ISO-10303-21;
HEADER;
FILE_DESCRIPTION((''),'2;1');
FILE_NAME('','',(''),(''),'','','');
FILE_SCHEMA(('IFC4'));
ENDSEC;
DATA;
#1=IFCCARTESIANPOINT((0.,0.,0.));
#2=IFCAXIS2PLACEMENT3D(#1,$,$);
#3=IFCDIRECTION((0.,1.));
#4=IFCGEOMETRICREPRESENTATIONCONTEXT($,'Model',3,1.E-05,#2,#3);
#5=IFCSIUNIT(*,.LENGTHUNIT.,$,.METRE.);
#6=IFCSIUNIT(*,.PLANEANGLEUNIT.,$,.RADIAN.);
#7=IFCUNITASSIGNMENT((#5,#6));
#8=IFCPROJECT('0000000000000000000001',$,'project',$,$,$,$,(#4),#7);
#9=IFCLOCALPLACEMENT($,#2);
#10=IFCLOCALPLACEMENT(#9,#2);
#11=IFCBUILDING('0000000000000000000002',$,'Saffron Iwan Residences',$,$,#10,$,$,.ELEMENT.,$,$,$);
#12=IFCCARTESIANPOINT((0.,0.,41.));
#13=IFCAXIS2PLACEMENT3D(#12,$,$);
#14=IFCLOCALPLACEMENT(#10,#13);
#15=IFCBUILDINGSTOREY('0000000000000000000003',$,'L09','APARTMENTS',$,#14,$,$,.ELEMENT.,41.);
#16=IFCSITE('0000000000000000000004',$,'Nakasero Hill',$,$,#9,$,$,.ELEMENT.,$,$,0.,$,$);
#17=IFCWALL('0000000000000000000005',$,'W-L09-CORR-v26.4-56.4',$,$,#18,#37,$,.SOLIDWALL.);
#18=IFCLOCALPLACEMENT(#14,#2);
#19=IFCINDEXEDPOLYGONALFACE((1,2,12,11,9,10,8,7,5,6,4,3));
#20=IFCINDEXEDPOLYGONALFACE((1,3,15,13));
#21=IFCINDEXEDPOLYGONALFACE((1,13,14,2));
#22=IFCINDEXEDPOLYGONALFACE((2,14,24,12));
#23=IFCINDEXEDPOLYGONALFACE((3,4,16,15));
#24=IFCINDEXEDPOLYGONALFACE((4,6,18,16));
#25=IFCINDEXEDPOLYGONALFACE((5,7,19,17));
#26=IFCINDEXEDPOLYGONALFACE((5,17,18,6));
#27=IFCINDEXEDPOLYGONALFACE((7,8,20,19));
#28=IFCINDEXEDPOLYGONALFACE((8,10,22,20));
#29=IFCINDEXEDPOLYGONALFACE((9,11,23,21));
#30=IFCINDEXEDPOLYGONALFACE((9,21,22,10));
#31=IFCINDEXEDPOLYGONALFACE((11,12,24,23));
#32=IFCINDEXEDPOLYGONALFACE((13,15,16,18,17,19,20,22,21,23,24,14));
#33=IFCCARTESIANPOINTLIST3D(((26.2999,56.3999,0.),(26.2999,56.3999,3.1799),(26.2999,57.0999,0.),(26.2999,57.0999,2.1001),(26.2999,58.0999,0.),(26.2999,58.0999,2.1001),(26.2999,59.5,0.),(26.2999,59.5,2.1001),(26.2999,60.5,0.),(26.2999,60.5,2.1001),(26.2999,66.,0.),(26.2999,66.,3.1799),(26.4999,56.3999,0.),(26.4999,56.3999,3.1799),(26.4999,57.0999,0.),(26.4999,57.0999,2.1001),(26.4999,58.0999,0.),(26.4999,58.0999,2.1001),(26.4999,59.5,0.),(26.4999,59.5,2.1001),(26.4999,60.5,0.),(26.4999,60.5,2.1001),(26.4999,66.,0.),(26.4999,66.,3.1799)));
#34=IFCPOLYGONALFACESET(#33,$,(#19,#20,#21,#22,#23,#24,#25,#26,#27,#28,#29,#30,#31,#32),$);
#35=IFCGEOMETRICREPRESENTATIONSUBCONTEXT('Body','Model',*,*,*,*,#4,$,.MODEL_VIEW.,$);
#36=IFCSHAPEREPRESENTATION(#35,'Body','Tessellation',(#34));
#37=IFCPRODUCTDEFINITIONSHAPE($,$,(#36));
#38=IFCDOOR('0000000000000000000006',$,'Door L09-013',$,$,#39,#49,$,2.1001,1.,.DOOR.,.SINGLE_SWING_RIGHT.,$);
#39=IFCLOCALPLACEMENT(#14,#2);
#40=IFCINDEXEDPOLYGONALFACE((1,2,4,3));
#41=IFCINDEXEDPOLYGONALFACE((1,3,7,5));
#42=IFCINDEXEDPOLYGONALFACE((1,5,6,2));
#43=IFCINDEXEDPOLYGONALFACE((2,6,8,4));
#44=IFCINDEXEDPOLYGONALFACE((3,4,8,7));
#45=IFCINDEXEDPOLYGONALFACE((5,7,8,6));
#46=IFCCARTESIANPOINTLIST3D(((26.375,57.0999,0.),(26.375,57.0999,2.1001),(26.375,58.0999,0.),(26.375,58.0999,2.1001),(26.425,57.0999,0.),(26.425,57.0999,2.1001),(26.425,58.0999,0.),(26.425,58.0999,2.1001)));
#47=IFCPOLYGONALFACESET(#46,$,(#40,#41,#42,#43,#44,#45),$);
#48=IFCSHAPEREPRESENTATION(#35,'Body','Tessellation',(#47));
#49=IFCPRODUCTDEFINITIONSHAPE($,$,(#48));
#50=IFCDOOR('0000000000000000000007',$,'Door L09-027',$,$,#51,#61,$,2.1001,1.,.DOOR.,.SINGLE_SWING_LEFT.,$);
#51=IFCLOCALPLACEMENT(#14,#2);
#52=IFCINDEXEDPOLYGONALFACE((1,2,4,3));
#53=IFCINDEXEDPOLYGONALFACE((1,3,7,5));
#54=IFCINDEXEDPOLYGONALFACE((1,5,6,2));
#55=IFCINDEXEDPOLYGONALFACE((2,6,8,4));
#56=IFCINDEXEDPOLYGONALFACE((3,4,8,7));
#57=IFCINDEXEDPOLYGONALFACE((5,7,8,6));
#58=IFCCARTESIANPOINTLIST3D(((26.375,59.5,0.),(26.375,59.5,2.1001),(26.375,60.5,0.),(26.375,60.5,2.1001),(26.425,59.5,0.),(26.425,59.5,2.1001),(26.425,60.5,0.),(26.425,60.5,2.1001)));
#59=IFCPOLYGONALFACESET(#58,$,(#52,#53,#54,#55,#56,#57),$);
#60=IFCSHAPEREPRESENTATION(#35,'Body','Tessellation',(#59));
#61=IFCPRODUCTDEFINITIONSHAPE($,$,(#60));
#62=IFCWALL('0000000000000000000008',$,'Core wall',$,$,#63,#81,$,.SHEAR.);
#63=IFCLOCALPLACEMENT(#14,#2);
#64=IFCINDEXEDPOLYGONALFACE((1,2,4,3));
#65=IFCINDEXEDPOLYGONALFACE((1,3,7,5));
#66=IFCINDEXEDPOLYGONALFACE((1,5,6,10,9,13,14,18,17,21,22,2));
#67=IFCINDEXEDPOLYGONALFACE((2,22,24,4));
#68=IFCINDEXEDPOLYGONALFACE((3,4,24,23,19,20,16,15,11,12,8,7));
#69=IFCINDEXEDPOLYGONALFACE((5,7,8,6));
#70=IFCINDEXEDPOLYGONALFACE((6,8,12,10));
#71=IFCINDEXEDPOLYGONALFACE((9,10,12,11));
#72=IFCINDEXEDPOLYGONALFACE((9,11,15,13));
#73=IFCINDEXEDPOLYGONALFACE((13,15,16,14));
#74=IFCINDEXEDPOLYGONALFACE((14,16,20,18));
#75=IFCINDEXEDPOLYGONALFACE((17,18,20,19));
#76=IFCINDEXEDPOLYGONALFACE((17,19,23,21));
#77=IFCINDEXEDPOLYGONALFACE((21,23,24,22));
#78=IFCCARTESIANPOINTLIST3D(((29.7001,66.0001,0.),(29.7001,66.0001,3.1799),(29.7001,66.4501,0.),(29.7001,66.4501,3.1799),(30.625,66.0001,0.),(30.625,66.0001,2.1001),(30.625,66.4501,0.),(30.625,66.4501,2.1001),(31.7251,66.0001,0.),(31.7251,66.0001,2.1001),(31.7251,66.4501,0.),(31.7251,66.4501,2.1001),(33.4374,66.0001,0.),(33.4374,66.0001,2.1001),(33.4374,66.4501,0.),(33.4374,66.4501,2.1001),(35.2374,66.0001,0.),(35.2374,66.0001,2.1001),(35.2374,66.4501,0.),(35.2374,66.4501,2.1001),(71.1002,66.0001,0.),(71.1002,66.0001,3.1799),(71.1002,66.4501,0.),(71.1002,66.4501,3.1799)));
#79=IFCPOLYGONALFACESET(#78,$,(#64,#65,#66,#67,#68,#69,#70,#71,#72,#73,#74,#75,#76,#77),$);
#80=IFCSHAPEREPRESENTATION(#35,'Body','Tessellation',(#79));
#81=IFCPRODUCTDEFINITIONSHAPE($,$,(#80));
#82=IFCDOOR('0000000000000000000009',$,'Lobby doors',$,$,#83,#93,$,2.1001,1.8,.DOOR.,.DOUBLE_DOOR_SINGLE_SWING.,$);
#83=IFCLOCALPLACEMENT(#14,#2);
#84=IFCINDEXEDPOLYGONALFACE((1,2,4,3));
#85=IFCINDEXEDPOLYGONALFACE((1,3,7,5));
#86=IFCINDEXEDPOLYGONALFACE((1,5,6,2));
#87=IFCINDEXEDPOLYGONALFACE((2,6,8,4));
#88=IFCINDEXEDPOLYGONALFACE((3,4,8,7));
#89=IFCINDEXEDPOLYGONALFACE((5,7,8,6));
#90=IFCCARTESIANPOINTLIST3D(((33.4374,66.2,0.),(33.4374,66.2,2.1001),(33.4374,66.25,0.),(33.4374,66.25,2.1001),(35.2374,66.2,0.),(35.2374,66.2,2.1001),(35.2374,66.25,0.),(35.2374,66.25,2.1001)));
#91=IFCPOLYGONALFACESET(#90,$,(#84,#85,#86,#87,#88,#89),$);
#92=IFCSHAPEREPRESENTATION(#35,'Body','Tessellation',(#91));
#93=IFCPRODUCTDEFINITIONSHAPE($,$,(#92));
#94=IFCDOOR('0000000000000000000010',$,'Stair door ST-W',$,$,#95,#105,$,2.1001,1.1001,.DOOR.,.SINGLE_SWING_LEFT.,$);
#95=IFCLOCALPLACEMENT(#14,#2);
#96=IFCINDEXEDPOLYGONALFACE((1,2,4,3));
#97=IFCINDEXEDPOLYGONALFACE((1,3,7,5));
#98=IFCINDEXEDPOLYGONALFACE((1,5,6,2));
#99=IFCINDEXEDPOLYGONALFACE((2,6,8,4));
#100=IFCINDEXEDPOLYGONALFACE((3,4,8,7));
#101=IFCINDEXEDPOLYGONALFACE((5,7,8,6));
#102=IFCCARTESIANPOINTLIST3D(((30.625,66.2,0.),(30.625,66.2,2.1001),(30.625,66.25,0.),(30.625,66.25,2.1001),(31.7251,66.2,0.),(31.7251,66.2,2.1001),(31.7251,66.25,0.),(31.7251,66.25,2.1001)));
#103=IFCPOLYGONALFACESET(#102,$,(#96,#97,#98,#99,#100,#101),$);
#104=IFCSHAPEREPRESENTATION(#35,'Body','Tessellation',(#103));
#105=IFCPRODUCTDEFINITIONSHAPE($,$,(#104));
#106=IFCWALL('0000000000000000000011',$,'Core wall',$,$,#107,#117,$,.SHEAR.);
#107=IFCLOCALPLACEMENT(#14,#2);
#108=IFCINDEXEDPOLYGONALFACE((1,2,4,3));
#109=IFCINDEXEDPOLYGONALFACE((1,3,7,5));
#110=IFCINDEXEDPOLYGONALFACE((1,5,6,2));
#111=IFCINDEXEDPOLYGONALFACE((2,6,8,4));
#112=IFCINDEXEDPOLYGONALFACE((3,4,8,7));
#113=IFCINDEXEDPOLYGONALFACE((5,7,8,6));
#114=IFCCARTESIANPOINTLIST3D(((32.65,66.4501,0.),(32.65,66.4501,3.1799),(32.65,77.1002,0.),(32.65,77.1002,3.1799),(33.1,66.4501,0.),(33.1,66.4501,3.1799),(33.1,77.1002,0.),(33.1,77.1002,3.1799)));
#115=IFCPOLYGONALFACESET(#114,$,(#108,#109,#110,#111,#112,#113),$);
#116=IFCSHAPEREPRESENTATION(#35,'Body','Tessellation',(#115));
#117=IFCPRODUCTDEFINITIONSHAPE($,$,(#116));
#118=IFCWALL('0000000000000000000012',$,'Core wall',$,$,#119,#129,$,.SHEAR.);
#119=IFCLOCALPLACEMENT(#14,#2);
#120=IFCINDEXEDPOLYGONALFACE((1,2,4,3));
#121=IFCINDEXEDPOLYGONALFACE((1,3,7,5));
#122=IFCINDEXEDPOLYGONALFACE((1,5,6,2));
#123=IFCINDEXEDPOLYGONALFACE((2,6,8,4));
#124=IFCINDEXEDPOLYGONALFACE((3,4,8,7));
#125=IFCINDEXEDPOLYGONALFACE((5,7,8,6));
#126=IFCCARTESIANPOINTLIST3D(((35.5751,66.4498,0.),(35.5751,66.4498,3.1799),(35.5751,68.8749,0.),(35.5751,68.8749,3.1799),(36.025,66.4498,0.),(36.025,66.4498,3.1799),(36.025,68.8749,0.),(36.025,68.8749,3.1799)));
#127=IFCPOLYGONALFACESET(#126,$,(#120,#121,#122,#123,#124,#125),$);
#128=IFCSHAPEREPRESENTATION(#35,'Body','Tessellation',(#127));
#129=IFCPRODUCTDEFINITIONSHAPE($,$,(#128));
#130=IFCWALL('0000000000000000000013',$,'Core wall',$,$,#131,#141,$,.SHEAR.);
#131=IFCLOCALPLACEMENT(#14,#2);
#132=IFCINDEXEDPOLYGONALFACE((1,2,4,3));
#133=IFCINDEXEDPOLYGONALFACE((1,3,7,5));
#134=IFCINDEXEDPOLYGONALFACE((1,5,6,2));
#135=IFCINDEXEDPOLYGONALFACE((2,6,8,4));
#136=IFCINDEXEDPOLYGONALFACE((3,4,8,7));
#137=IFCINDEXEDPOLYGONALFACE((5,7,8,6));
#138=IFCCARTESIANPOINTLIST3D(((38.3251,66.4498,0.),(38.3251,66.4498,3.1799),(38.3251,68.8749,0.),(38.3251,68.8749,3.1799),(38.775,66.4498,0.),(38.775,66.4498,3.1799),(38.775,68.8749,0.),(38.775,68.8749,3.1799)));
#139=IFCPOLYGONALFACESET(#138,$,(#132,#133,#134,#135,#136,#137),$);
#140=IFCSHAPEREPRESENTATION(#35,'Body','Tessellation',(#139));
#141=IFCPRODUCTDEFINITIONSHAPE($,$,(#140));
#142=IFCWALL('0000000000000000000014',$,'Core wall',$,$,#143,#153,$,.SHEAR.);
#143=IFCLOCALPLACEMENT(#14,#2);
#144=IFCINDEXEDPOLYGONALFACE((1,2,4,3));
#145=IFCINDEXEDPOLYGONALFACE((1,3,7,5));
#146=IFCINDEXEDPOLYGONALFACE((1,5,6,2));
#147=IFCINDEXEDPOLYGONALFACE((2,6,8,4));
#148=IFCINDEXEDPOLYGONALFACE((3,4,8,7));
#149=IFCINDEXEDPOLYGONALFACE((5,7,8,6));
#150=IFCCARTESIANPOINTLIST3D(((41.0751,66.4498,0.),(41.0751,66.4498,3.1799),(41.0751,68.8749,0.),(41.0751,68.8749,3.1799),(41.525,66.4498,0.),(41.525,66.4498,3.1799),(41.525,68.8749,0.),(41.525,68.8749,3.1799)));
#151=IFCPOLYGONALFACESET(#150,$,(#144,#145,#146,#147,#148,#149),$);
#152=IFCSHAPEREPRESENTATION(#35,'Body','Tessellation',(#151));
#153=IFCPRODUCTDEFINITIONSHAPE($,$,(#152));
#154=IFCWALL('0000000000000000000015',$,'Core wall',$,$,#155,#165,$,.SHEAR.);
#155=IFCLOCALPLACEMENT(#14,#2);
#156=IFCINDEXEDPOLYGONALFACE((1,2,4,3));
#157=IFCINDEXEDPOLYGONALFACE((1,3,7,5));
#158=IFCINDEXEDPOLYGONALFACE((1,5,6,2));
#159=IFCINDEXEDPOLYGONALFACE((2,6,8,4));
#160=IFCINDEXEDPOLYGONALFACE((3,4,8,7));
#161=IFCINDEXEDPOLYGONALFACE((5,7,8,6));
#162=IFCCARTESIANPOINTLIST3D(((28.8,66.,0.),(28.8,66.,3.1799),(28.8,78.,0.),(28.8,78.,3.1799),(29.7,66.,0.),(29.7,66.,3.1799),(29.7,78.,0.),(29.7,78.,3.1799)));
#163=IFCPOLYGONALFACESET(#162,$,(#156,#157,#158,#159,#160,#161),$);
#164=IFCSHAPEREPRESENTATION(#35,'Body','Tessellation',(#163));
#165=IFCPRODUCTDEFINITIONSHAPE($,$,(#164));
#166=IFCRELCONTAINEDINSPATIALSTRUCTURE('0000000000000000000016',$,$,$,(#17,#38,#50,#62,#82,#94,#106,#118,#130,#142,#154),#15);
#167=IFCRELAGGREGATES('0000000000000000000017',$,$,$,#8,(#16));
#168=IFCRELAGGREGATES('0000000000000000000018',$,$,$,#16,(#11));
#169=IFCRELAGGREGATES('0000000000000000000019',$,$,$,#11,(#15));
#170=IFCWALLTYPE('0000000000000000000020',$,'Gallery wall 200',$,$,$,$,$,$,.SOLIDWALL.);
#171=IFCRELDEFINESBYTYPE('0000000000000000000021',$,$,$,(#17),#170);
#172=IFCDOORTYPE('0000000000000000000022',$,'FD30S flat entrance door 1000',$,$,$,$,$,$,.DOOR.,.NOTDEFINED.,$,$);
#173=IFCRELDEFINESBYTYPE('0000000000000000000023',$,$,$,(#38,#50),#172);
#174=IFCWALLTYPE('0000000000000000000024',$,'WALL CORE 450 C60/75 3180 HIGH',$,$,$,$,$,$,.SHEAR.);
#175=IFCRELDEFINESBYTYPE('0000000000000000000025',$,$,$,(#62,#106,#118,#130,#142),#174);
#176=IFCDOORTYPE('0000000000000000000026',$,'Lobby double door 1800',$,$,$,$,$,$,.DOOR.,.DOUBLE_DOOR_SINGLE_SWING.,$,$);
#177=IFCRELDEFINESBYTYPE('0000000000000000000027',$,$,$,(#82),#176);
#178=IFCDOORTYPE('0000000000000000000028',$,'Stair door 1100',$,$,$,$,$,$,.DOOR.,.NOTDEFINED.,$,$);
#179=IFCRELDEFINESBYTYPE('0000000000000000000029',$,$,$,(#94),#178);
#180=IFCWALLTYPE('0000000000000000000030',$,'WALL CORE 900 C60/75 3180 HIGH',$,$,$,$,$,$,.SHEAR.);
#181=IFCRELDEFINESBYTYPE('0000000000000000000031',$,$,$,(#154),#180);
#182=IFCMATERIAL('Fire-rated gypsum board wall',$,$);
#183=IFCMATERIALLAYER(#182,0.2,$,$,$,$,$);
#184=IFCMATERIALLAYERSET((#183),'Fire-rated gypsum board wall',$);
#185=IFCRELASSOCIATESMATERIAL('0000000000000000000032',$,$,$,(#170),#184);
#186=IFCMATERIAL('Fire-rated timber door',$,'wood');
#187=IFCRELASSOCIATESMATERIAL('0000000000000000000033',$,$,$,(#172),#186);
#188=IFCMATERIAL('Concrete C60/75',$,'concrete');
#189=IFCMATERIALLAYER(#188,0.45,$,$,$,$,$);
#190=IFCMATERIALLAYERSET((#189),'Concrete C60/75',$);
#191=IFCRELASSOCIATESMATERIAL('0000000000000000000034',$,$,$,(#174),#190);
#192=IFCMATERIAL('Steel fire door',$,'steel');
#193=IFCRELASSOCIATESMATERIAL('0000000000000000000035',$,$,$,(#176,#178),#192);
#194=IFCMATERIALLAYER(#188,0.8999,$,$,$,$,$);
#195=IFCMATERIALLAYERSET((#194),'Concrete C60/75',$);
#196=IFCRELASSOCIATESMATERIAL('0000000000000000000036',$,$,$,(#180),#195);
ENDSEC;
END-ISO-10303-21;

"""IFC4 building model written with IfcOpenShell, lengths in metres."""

from ifc_helpers import new_model, si_unit, direction, frame, frame_2d, origin, place, context, subcontext, project, spatial, rectangle, extrude, material, layer, layer_set, type_object, element, fill, save


model = new_model("IFC4")

# Units and contexts
model_context = context("Model", 3, precision=1e-05, world=origin(), true_north=direction((0.0, 1.0)))
body_context = subcontext(model_context, "Body", "Model", "MODEL_VIEW")
ifc_project = project(units=[si_unit("LENGTHUNIT", "METRE"), si_unit("PLANEANGLEUNIT", "RADIAN")], contexts=[model_context])

# Site, building, storey
site_placement = place(None, origin())
site = spatial("IfcSite", under=ifc_project, at=site_placement, Name="Nakasero Hill", CompositionType="ELEMENT", RefElevation=0.0)
building_placement = place(site_placement, origin())
building = spatial("IfcBuilding", under=site, at=building_placement, Name="Saffron Iwan Residences", CompositionType="ELEMENT")
storey_placement = place(building_placement, frame((0.0, 0.0, 41.0)))
storey = spatial("IfcBuildingStorey", under=building, at=storey_placement, Name="L09", Description="APARTMENTS", CompositionType="ELEMENT", Elevation=41.0)

# Shared definitions
ifc_material_1 = material(Name="Concrete C60/75", Category="concrete")

# Shared definitions
ifc_material_2 = material(Name="Fire-rated gypsum board wall")
ifc_layer_1 = layer(ifc_material_2, 0.2)
ifc_layer_set_1 = layer_set([ifc_layer_1], Name="Fire-rated gypsum board wall")
wall_type_1 = type_object("IfcWallType", Name="Gallery wall 200", PredefinedType="SOLIDWALL", material=ifc_layer_set_1)

# Walls, openings, doors
wall_1_placement = place(storey_placement, frame((26.3999, 56.3999, 0.0), z_axis=(0.0, 0.0, 1.0), x_axis=(0.0, 1.0, 0.0)))
wall_1 = element("IfcWall", 1, at=wall_1_placement, inside=storey, type_object=wall_type_1, Name="W-L09-CORR-v26.4-56.4", PredefinedType="SOLIDWALL", context=body_context, shape_type="SweptSolid", body=[
    extrude(rectangle(XDim=9.6001, YDim=0.2, at=frame_2d((4.8, 0.0))), origin(), (0.0, 0.0, 1.0), 3.1799),
])
opening_1_placement = place(wall_1_placement, frame((0.7, 0.0, 0.0)))
opening_1 = element("IfcOpeningElement", 2, at=opening_1_placement, cuts=wall_1, PredefinedType="OPENING", context=body_context, shape_type="SweptSolid", body=[
    extrude(rectangle(XDim=1.0, YDim=2.1001, at=frame_2d((0.5, 1.05))), frame((0.0, 0.1099, 0.0), z_axis=(0.0, -1.0, 0.0), x_axis=(1.0, 0.0, 0.0)), (0.0, 0.0, 1.0), 0.22),
])
opening_2_placement = place(wall_1_placement, frame((3.1001, 0.0, 0.0)))
opening_2 = element("IfcOpeningElement", 3, at=opening_2_placement, cuts=wall_1, PredefinedType="OPENING", context=body_context, shape_type="SweptSolid", body=[
    extrude(rectangle(XDim=1.0, YDim=2.1001, at=frame_2d((0.5, 1.05))), frame((0.0, 0.1099, 0.0), z_axis=(0.0, -1.0, 0.0), x_axis=(1.0, 0.0, 0.0)), (0.0, 0.0, 1.0), 0.22),
])
ifc_material_3 = material(Name="Fire-rated timber door", Category="wood")
door_type_1 = type_object("IfcDoorType", Name="FD30S flat entrance door 1000", OperationType="NOTDEFINED", PredefinedType="DOOR", material=ifc_material_3)
door_1_placement = place(opening_1_placement, origin())
door_1 = element("IfcDoor", 4, at=door_1_placement, inside=storey, type_object=door_type_1, Name="Door L09-013", OperationType="SINGLE_SWING_RIGHT", OverallHeight=2.1001, OverallWidth=1.0, PredefinedType="DOOR", context=body_context, shape_type="SweptSolid", body=[
    extrude(rectangle(XDim=1.0, YDim=2.1001, at=frame_2d((0.5, 1.05))), frame((0.0, 0.0249, 0.0), z_axis=(0.0, -1.0, 0.0), x_axis=(1.0, 0.0, 0.0)), (0.0, 0.0, 1.0), 0.05),
])
fill(opening_1, door_1)
door_2_placement = place(opening_2_placement, origin())
door_2 = element("IfcDoor", 5, at=door_2_placement, inside=storey, type_object=door_type_1, Name="Door L09-027", OperationType="SINGLE_SWING_LEFT", OverallHeight=2.1001, OverallWidth=1.0, PredefinedType="DOOR", context=body_context, shape_type="SweptSolid", body=[
    extrude(rectangle(XDim=1.0, YDim=2.1001, at=frame_2d((0.5, 1.05))), frame((0.0, 0.0249, 0.0), z_axis=(0.0, -1.0, 0.0), x_axis=(1.0, 0.0, 0.0)), (0.0, 0.0, 1.0), 0.05),
])
fill(opening_2, door_2)
ifc_layer_2 = layer(ifc_material_1, 0.45)
ifc_layer_set_2 = layer_set([ifc_layer_2], Name="Concrete C60/75")
wall_type_2 = type_object("IfcWallType", Name="WALL CORE 450 C60/75 3180 HIGH", PredefinedType="SHEAR", material=ifc_layer_set_2)
wall_2_placement = place(storey_placement, frame((29.7, 66.2251, 0.0), z_axis=(0.0, 0.0, 1.0), x_axis=(1.0, 0.0, 0.0)))
wall_2 = element("IfcWall", 6, at=wall_2_placement, inside=storey, type_object=wall_type_2, Name="Core wall", PredefinedType="SHEAR", context=body_context, shape_type="SweptSolid", body=[
    extrude(rectangle(XDim=41.4001, YDim=0.45, at=frame_2d((20.7002, 0.0))), origin(), (0.0, 0.0, 1.0), 3.1799),
])
opening_3_placement = place(wall_2_placement, frame((0.925, 0.0, 0.0)))
opening_3 = element("IfcOpeningElement", 7, at=opening_3_placement, cuts=wall_2, PredefinedType="OPENING", context=body_context, shape_type="SweptSolid", body=[
    extrude(rectangle(XDim=1.1001, YDim=2.1001, at=frame_2d((0.55, 1.05))), frame((0.0, 0.2349, 0.0), z_axis=(0.0, -1.0, 0.0), x_axis=(1.0, 0.0, 0.0)), (0.0, 0.0, 1.0), 0.47),
])
opening_4_placement = place(wall_2_placement, frame((3.7375, 0.0, 0.0)))
opening_4 = element("IfcOpeningElement", 8, at=opening_4_placement, cuts=wall_2, PredefinedType="OPENING", context=body_context, shape_type="SweptSolid", body=[
    extrude(rectangle(XDim=1.8, YDim=2.1001, at=frame_2d((0.8999, 1.05))), frame((0.0, 0.2349, 0.0), z_axis=(0.0, -1.0, 0.0), x_axis=(1.0, 0.0, 0.0)), (0.0, 0.0, 1.0), 0.47),
])
ifc_material_4 = material(Name="Steel fire door", Category="steel")
door_type_2 = type_object("IfcDoorType", Name="Lobby double door 1800", OperationType="DOUBLE_DOOR_SINGLE_SWING", PredefinedType="DOOR", material=ifc_material_4)
door_3_placement = place(opening_4_placement, origin())
door_3 = element("IfcDoor", 9, at=door_3_placement, inside=storey, type_object=door_type_2, Name="Lobby doors", OperationType="DOUBLE_DOOR_SINGLE_SWING", OverallHeight=2.1001, OverallWidth=1.8, PredefinedType="DOOR", context=body_context, shape_type="SweptSolid", body=[
    extrude(rectangle(XDim=1.8, YDim=2.1001, at=frame_2d((0.8999, 1.05))), frame((0.0, 0.0249, 0.0), z_axis=(0.0, -1.0, 0.0), x_axis=(1.0, 0.0, 0.0)), (0.0, 0.0, 1.0), 0.05),
])
fill(opening_4, door_3)
door_type_3 = type_object("IfcDoorType", Name="Stair door 1100", OperationType="NOTDEFINED", PredefinedType="DOOR", material=ifc_material_4)
door_4_placement = place(opening_3_placement, origin())
door_4 = element("IfcDoor", 10, at=door_4_placement, inside=storey, type_object=door_type_3, Name="Stair door ST-W", OperationType="SINGLE_SWING_LEFT", OverallHeight=2.1001, OverallWidth=1.1001, PredefinedType="DOOR", context=body_context, shape_type="SweptSolid", body=[
    extrude(rectangle(XDim=1.1001, YDim=2.1001, at=frame_2d((0.55, 1.05))), frame((0.0, 0.0249, 0.0), z_axis=(0.0, -1.0, 0.0), x_axis=(1.0, 0.0, 0.0)), (0.0, 0.0, 1.0), 0.05),
])
fill(opening_3, door_4)

# Walls
wall_3_placement = place(storey_placement, frame((32.875, 66.45, 0.0), z_axis=(0.0, 0.0, 1.0), x_axis=(0.0, 1.0, 0.0)))
element("IfcWall", 11, at=wall_3_placement, inside=storey, type_object=wall_type_2, Name="Core wall", PredefinedType="SHEAR", context=body_context, shape_type="SweptSolid", body=[
    extrude(rectangle(XDim=10.6501, YDim=0.45, at=frame_2d((5.3252, 0.0))), origin(), (0.0, 0.0, 1.0), 3.1799),
])
for number, where, z_axis, x_axis, name in (
    (12, (35.8, 66.45, 0.0), (0.0, 0.0, 1.0), (0.0, 1.0, 0.0), "Core wall"),
    (13, (38.55, 66.45, 0.0), (0.0, 0.0, 1.0), (0.0, 1.0, 0.0), "Core wall"),
    (14, (41.3, 66.45, 0.0), (0.0, 0.0, 1.0), (0.0, 1.0, 0.0), "Core wall"),
):
    element("IfcWall", number, at=place(storey_placement, frame(where, z_axis=z_axis, x_axis=x_axis)), inside=storey, type_object=wall_type_2, Name=name, PredefinedType="SHEAR", context=body_context, shape_type="SweptSolid", body=[
        extrude(rectangle(XDim=2.425, YDim=0.45, at=frame_2d((1.2124, 0.0))), origin(), (0.0, 0.0, 1.0), 3.1799),
    ])
ifc_layer_3 = layer(ifc_material_1, 0.8999)
ifc_layer_set_3 = layer_set([ifc_layer_3], Name="Concrete C60/75")
wall_type_3 = type_object("IfcWallType", Name="WALL CORE 900 C60/75 3180 HIGH", PredefinedType="SHEAR", material=ifc_layer_set_3)
wall_4_placement = place(storey_placement, frame((29.25, 66.0, 0.0), z_axis=(0.0, 0.0, 1.0), x_axis=(0.0, 1.0, 0.0)))
element("IfcWall", 15, at=wall_4_placement, inside=storey, type_object=wall_type_3, Name="Core wall", PredefinedType="SHEAR", context=body_context, shape_type="SweptSolid", body=[
    extrude(rectangle(XDim=12.0, YDim=0.8999, at=frame_2d((6.0, 0.0))), origin(), (0.0, 0.0, 1.0), 3.1799),
])

save(model, "model.ifc")
